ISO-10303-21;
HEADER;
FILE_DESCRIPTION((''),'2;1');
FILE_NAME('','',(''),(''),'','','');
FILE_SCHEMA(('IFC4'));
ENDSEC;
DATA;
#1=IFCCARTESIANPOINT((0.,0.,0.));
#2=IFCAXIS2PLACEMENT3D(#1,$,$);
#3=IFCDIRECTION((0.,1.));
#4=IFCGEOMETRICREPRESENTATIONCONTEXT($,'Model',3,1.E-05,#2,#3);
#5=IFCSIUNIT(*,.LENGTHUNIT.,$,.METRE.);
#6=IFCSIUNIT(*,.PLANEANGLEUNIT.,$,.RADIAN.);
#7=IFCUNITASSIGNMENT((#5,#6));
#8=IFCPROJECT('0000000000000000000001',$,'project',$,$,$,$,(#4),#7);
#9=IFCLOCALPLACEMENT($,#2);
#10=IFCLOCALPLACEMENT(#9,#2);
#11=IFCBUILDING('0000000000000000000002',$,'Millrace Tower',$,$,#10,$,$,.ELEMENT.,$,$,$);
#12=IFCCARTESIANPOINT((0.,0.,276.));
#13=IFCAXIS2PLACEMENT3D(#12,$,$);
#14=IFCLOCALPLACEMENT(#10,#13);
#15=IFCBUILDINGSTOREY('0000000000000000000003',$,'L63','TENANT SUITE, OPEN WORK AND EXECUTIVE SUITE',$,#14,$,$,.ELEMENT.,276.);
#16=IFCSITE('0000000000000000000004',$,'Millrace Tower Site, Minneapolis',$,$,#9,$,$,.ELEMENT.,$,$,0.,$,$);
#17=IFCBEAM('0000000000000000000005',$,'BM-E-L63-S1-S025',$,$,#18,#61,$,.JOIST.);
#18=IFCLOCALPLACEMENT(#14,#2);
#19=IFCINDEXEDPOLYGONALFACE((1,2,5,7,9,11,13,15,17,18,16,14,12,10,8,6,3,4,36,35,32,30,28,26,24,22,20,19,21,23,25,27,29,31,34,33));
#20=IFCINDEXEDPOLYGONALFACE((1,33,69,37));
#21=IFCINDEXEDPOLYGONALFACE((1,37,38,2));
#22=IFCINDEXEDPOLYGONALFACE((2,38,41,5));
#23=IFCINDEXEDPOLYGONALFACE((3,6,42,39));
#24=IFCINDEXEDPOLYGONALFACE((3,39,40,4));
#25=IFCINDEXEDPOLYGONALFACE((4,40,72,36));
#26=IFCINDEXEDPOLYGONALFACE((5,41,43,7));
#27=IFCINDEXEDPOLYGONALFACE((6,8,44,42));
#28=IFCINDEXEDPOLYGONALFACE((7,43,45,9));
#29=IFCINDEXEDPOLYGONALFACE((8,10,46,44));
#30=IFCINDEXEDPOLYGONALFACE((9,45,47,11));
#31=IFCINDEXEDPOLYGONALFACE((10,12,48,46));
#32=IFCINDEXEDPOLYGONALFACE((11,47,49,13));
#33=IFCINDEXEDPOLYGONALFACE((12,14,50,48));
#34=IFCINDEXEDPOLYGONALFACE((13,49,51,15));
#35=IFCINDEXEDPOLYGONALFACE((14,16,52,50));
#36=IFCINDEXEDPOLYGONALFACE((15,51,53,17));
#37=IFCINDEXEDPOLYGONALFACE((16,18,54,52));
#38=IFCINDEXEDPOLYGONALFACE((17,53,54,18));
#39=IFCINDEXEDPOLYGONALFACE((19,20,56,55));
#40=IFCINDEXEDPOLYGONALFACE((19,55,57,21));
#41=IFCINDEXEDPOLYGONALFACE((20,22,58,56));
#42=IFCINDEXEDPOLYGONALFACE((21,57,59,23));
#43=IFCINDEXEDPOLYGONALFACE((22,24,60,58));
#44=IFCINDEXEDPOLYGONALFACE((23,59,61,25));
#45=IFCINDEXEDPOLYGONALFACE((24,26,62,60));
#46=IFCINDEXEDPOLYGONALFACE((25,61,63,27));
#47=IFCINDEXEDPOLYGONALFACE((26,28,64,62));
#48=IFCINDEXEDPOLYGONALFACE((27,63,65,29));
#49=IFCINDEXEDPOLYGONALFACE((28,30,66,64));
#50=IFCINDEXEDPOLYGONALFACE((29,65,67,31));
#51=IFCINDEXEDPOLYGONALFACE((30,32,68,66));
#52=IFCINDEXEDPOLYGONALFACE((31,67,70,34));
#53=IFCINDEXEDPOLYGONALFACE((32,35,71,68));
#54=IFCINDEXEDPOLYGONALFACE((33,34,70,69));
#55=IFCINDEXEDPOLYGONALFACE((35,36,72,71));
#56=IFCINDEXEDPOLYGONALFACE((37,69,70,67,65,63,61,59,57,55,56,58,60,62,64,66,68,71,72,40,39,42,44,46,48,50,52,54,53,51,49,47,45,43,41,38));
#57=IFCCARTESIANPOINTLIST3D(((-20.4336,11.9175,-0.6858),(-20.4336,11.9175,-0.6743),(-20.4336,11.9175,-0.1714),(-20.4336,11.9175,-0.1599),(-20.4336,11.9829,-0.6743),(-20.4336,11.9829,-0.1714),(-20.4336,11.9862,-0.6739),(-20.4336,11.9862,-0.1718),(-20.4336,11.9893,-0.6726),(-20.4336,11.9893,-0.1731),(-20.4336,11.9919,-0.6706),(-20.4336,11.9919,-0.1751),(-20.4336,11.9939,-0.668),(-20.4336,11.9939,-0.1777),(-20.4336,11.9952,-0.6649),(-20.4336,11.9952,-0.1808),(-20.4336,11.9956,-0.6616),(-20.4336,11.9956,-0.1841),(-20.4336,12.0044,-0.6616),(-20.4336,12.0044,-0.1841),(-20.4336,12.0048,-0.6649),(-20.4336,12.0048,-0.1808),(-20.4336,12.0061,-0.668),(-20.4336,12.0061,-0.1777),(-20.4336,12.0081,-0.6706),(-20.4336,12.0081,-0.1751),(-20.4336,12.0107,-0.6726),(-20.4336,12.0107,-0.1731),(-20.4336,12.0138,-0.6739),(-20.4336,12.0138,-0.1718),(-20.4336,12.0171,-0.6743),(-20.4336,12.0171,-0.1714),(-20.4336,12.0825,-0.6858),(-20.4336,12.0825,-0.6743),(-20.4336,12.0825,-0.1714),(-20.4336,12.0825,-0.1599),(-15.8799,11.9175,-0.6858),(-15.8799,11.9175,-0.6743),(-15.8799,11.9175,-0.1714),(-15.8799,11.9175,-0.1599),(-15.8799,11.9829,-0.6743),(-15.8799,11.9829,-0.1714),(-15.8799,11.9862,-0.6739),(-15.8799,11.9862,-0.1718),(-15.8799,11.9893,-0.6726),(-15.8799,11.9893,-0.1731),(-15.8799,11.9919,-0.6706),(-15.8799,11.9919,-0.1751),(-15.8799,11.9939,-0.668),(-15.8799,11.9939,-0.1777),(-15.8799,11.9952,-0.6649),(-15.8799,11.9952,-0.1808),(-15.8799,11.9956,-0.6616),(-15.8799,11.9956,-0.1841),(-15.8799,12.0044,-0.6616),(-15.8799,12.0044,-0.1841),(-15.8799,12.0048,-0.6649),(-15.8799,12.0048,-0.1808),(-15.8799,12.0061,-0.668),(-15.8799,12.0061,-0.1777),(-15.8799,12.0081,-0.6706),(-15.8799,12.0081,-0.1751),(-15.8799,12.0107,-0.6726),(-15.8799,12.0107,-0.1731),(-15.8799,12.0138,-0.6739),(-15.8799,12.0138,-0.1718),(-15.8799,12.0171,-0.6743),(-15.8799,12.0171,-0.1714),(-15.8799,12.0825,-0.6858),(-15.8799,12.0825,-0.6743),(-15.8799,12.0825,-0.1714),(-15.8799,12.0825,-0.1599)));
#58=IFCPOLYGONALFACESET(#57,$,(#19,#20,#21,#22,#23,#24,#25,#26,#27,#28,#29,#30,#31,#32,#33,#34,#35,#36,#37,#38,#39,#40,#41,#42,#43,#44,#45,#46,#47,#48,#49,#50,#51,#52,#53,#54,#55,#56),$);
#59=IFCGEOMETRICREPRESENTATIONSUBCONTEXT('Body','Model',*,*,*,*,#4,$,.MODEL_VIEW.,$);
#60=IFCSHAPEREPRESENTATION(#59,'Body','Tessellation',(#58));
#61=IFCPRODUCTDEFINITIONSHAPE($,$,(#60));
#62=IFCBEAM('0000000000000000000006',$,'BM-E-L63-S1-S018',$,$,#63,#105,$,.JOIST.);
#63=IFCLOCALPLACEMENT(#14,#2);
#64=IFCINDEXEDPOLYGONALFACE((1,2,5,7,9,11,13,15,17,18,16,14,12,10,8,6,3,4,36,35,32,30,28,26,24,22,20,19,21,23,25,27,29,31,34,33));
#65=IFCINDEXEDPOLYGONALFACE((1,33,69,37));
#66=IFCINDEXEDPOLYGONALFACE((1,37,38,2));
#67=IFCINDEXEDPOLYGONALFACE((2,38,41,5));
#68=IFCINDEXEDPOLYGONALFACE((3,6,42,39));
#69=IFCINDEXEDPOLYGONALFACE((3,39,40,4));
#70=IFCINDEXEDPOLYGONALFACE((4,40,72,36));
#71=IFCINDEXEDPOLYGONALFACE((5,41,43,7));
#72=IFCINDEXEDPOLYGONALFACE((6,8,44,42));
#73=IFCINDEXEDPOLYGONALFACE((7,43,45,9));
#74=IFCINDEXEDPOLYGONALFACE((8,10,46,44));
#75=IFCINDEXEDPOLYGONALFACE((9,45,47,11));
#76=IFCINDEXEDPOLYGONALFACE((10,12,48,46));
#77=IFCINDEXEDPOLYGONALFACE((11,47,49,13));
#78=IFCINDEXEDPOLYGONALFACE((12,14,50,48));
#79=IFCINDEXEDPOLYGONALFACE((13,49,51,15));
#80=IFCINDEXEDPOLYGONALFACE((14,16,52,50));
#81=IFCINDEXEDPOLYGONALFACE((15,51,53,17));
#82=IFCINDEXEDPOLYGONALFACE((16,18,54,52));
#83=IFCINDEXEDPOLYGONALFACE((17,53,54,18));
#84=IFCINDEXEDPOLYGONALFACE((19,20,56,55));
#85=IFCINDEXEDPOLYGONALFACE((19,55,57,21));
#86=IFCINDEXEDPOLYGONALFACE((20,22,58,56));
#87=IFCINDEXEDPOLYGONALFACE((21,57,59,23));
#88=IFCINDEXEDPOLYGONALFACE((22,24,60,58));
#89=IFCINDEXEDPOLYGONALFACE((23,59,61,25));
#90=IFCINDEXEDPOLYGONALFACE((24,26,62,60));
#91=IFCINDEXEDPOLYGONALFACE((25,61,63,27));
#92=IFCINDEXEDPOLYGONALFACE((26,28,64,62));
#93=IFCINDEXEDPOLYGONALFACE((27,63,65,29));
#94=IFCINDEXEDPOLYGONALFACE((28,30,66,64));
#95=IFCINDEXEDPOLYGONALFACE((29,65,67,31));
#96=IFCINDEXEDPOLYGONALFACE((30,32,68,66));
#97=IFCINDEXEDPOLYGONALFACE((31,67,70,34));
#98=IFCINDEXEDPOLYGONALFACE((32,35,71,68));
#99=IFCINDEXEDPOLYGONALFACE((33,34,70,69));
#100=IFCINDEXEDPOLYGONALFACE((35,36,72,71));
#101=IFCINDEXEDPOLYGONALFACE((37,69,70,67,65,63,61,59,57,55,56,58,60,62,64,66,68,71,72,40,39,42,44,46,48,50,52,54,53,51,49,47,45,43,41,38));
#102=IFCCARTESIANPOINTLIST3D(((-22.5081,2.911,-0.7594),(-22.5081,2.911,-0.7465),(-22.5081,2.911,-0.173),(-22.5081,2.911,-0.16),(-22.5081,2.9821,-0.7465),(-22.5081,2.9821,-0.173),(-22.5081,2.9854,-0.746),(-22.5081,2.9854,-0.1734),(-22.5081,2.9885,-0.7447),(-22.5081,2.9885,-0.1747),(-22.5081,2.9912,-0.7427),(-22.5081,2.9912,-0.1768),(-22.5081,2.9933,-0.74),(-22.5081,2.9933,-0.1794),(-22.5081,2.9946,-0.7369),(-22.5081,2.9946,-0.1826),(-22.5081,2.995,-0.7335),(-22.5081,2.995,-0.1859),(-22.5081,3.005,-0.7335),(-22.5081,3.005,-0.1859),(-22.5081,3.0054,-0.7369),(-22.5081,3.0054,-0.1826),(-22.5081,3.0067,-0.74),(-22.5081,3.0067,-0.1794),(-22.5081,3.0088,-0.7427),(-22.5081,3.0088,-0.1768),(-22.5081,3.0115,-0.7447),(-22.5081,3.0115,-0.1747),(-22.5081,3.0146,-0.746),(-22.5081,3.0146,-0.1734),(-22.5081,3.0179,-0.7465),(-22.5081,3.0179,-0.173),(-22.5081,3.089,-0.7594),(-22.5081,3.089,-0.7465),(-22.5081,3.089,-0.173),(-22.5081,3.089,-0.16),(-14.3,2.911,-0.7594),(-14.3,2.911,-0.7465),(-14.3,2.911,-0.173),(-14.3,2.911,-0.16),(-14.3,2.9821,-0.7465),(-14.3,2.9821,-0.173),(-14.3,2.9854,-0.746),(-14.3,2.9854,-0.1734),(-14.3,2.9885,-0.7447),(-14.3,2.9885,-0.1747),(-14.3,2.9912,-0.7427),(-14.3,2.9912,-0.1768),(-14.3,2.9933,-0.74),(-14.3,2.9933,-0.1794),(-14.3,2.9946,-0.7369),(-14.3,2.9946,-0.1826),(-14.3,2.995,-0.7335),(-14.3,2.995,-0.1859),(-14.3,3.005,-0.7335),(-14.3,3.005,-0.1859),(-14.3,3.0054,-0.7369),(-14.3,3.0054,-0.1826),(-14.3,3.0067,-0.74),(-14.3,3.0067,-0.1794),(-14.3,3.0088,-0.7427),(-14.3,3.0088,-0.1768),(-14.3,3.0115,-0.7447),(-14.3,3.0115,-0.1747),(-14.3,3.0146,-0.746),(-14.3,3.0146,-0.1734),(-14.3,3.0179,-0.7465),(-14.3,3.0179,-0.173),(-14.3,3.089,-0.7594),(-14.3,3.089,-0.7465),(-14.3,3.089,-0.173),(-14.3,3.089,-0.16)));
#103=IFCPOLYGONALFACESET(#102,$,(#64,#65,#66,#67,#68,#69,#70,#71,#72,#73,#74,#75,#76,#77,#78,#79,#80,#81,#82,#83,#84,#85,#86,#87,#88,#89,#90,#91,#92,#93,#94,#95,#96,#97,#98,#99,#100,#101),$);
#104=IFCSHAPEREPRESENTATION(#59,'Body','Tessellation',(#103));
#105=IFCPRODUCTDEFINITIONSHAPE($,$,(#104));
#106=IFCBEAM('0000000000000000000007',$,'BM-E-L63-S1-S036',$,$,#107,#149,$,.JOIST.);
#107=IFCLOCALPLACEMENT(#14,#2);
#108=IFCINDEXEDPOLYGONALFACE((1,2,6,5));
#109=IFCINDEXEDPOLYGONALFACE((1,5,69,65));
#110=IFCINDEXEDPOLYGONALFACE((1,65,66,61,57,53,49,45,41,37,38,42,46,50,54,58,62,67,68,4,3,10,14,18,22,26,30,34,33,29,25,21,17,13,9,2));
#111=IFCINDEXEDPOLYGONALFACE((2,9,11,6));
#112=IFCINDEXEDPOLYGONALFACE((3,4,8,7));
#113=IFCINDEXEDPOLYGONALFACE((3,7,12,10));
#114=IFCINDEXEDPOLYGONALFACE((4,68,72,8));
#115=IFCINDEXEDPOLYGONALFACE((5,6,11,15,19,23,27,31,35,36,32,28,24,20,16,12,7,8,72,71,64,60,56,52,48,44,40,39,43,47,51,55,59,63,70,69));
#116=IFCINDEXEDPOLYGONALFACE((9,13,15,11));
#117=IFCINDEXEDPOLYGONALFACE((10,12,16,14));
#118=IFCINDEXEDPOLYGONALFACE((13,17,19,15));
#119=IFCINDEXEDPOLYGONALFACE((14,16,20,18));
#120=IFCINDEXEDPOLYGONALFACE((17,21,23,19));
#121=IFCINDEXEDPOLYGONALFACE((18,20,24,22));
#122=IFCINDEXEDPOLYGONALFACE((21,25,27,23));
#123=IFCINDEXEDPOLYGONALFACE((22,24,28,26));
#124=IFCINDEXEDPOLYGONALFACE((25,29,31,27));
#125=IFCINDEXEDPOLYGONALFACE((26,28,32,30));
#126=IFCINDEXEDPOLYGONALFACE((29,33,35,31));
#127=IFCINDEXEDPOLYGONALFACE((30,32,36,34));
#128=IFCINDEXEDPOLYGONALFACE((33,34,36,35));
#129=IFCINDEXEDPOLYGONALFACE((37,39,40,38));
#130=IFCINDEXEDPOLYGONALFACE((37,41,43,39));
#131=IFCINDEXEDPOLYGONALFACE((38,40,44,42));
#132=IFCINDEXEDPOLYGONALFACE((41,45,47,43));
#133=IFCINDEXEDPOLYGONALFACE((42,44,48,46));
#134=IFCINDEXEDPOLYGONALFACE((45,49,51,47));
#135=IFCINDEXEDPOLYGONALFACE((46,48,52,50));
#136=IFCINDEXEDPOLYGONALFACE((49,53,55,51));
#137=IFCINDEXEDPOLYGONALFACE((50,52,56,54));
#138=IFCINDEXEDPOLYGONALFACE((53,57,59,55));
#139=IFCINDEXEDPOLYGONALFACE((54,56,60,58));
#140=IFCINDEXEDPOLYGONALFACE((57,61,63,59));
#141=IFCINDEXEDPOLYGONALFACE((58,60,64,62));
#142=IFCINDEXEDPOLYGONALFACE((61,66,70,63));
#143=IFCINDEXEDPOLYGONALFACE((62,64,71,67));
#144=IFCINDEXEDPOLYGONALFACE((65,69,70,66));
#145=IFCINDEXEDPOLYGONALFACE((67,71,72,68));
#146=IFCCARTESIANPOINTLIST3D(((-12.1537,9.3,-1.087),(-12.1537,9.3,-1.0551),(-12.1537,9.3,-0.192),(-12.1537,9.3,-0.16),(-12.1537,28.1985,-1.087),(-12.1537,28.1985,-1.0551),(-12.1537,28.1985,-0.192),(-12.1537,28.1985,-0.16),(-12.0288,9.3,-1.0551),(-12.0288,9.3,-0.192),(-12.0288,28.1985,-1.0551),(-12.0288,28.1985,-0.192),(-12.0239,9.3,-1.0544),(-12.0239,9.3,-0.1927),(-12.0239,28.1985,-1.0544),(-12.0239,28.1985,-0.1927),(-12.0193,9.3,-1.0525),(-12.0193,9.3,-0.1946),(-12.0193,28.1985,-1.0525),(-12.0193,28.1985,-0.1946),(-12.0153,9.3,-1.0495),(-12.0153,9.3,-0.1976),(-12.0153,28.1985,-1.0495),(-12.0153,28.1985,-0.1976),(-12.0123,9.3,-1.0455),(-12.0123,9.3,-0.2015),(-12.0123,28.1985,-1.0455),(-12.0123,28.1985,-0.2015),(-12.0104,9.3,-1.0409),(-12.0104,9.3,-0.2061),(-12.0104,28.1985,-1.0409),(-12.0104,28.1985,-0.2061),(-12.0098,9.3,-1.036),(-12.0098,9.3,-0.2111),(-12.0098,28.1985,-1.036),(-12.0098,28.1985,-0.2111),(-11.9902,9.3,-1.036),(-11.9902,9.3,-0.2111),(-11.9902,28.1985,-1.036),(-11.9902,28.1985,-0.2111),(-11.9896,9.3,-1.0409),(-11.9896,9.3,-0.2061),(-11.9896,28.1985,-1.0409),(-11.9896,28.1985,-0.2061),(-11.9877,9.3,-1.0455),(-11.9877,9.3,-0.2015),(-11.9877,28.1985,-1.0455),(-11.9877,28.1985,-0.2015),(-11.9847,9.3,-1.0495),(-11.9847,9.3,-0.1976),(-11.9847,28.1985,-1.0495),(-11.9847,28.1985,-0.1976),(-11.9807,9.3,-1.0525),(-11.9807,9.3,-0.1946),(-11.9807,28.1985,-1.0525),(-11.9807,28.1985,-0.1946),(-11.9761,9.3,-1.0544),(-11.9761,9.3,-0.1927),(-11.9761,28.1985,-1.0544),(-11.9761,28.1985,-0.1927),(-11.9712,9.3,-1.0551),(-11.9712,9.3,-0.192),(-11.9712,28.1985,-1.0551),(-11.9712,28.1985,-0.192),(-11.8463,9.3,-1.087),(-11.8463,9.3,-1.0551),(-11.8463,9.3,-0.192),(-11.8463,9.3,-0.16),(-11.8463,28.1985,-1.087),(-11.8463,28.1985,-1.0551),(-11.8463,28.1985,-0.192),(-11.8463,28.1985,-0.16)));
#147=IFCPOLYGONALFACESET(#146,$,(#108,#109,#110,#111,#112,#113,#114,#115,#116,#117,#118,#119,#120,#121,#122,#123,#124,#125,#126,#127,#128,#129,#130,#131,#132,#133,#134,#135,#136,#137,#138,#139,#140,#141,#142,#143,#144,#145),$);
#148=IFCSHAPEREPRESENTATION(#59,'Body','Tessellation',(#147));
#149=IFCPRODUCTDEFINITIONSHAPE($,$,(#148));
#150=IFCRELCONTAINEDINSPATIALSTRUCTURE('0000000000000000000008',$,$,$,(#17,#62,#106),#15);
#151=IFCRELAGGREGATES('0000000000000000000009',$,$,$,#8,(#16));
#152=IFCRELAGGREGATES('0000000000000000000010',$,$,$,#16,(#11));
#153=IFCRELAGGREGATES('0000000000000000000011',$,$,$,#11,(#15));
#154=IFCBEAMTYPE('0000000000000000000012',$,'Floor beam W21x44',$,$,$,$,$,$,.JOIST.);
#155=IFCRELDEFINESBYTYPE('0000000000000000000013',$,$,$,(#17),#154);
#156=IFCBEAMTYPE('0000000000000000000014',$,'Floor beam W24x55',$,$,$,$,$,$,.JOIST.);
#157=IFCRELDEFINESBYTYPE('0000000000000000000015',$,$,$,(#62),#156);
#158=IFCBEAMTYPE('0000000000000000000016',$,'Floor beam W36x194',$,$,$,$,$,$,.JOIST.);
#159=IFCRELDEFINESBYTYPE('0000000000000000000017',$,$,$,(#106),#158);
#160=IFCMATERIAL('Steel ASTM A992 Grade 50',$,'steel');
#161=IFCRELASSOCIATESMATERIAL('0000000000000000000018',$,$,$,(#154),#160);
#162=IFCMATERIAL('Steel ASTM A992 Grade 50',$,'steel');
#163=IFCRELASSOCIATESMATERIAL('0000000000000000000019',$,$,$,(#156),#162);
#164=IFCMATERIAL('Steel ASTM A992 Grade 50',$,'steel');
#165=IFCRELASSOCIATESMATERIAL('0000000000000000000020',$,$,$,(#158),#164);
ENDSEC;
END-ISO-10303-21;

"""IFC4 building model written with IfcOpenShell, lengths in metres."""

from ifc_helpers import new_model, si_unit, direction, frame, origin, origin_2d, place, context, subcontext, project, spatial, i_section, extrude, material, material_profile, profile_set, type_object, element, save


model = new_model("IFC4")

# Units and contexts
model_context = context("Model", 3, precision=1e-05, world=origin(), true_north=direction((0.0, 1.0)))
body_context = subcontext(model_context, "Body", "Model", "MODEL_VIEW")
ifc_project = project(units=[si_unit("LENGTHUNIT", "METRE"), si_unit("PLANEANGLEUNIT", "RADIAN")], contexts=[model_context])

# Site, building, storey
site_placement = place(None, origin())
site = spatial("IfcSite", under=ifc_project, at=site_placement, Name="Millrace Tower Site, Minneapolis", CompositionType="ELEMENT", RefElevation=0.0)
building_placement = place(site_placement, origin())
building = spatial("IfcBuilding", under=site, at=building_placement, Name="Millrace Tower", CompositionType="ELEMENT")
storey_placement = place(building_placement, frame((0.0, 0.0, 276.0)))
storey = spatial("IfcBuildingStorey", under=building, at=storey_placement, Name="L63", Description="TENANT SUITE, OPEN WORK AND EXECUTIVE SUITE", CompositionType="ELEMENT", Elevation=276.0)

# Beams
ifc_material_1 = material(Name="Steel ASTM A992 Grade 50", Category="steel")
ifc_material_profile_1 = material_profile(ifc_material_1, i_section(OverallWidth=0.165, OverallDepth=0.5259, WebThickness=0.0088, FlangeThickness=0.0115, FilletRadius=0.0127, at=origin_2d()))
ifc_profile_set_1 = profile_set([ifc_material_profile_1], Name="Steel ASTM A992 Grade 50")
beam_type_1 = type_object("IfcBeamType", Name="Floor beam W21x44", PredefinedType="JOIST", material=ifc_profile_set_1)
beam_1_placement = place(storey_placement, frame((-20.4336, 12.0, -0.4229), z_axis=(1.0, 0.0, 0.0), x_axis=(0.0, 1.0, 0.0)))
element("IfcBeam", 1, at=beam_1_placement, inside=storey, type_object=beam_type_1, Name="BM-E-L63-S1-S025", PredefinedType="JOIST", context=body_context, shape_type="SweptSolid", body=[
    extrude(i_section(OverallWidth=0.165, OverallDepth=0.5259, WebThickness=0.0088, FlangeThickness=0.0115, FilletRadius=0.0127, at=origin_2d()), origin(), (0.0, 0.0, 1.0), 4.5537),
])
ifc_material_2 = material(Name="Steel ASTM A992 Grade 50", Category="steel")
ifc_material_profile_2 = material_profile(ifc_material_2, i_section(OverallWidth=0.178, OverallDepth=0.5994, WebThickness=0.01, FlangeThickness=0.0129, FilletRadius=0.0129, at=origin_2d()))
ifc_profile_set_2 = profile_set([ifc_material_profile_2], Name="Steel ASTM A992 Grade 50")
beam_type_2 = type_object("IfcBeamType", Name="Floor beam W24x55", PredefinedType="JOIST", material=ifc_profile_set_2)
beam_2_placement = place(storey_placement, frame((-22.5081, 3.0, -0.4597), z_axis=(1.0, 0.0, 0.0), x_axis=(0.0, 1.0, 0.0)))
element("IfcBeam", 2, at=beam_2_placement, inside=storey, type_object=beam_type_2, Name="BM-E-L63-S1-S018", PredefinedType="JOIST", context=body_context, shape_type="SweptSolid", body=[
    extrude(i_section(OverallWidth=0.178, OverallDepth=0.5994, WebThickness=0.01, FlangeThickness=0.0129, FilletRadius=0.0129, at=origin_2d()), origin(), (0.0, 0.0, 1.0), 8.208),
])
ifc_material_3 = material(Name="Steel ASTM A992 Grade 50", Category="steel")
ifc_material_profile_3 = material_profile(ifc_material_3, i_section(OverallWidth=0.3074, OverallDepth=0.927, WebThickness=0.0195, FlangeThickness=0.032, FilletRadius=0.019, at=origin_2d()))
ifc_profile_set_3 = profile_set([ifc_material_profile_3], Name="Steel ASTM A992 Grade 50")
beam_type_3 = type_object("IfcBeamType", Name="Floor beam W36x194", PredefinedType="JOIST", material=ifc_profile_set_3)
beam_3_placement = place(storey_placement, frame((-12.0, 9.3, -0.6235), z_axis=(0.0, 1.0, 0.0), x_axis=(-1.0, 0.0, 0.0)))
element("IfcBeam", 3, at=beam_3_placement, inside=storey, type_object=beam_type_3, Name="BM-E-L63-S1-S036", PredefinedType="JOIST", context=body_context, shape_type="SweptSolid", body=[
    extrude(i_section(OverallWidth=0.3074, OverallDepth=0.927, WebThickness=0.0195, FlangeThickness=0.032, FilletRadius=0.019, at=origin_2d()), origin(), (0.0, 0.0, 1.0), 18.8984),
])

save(model, "model.ifc")
